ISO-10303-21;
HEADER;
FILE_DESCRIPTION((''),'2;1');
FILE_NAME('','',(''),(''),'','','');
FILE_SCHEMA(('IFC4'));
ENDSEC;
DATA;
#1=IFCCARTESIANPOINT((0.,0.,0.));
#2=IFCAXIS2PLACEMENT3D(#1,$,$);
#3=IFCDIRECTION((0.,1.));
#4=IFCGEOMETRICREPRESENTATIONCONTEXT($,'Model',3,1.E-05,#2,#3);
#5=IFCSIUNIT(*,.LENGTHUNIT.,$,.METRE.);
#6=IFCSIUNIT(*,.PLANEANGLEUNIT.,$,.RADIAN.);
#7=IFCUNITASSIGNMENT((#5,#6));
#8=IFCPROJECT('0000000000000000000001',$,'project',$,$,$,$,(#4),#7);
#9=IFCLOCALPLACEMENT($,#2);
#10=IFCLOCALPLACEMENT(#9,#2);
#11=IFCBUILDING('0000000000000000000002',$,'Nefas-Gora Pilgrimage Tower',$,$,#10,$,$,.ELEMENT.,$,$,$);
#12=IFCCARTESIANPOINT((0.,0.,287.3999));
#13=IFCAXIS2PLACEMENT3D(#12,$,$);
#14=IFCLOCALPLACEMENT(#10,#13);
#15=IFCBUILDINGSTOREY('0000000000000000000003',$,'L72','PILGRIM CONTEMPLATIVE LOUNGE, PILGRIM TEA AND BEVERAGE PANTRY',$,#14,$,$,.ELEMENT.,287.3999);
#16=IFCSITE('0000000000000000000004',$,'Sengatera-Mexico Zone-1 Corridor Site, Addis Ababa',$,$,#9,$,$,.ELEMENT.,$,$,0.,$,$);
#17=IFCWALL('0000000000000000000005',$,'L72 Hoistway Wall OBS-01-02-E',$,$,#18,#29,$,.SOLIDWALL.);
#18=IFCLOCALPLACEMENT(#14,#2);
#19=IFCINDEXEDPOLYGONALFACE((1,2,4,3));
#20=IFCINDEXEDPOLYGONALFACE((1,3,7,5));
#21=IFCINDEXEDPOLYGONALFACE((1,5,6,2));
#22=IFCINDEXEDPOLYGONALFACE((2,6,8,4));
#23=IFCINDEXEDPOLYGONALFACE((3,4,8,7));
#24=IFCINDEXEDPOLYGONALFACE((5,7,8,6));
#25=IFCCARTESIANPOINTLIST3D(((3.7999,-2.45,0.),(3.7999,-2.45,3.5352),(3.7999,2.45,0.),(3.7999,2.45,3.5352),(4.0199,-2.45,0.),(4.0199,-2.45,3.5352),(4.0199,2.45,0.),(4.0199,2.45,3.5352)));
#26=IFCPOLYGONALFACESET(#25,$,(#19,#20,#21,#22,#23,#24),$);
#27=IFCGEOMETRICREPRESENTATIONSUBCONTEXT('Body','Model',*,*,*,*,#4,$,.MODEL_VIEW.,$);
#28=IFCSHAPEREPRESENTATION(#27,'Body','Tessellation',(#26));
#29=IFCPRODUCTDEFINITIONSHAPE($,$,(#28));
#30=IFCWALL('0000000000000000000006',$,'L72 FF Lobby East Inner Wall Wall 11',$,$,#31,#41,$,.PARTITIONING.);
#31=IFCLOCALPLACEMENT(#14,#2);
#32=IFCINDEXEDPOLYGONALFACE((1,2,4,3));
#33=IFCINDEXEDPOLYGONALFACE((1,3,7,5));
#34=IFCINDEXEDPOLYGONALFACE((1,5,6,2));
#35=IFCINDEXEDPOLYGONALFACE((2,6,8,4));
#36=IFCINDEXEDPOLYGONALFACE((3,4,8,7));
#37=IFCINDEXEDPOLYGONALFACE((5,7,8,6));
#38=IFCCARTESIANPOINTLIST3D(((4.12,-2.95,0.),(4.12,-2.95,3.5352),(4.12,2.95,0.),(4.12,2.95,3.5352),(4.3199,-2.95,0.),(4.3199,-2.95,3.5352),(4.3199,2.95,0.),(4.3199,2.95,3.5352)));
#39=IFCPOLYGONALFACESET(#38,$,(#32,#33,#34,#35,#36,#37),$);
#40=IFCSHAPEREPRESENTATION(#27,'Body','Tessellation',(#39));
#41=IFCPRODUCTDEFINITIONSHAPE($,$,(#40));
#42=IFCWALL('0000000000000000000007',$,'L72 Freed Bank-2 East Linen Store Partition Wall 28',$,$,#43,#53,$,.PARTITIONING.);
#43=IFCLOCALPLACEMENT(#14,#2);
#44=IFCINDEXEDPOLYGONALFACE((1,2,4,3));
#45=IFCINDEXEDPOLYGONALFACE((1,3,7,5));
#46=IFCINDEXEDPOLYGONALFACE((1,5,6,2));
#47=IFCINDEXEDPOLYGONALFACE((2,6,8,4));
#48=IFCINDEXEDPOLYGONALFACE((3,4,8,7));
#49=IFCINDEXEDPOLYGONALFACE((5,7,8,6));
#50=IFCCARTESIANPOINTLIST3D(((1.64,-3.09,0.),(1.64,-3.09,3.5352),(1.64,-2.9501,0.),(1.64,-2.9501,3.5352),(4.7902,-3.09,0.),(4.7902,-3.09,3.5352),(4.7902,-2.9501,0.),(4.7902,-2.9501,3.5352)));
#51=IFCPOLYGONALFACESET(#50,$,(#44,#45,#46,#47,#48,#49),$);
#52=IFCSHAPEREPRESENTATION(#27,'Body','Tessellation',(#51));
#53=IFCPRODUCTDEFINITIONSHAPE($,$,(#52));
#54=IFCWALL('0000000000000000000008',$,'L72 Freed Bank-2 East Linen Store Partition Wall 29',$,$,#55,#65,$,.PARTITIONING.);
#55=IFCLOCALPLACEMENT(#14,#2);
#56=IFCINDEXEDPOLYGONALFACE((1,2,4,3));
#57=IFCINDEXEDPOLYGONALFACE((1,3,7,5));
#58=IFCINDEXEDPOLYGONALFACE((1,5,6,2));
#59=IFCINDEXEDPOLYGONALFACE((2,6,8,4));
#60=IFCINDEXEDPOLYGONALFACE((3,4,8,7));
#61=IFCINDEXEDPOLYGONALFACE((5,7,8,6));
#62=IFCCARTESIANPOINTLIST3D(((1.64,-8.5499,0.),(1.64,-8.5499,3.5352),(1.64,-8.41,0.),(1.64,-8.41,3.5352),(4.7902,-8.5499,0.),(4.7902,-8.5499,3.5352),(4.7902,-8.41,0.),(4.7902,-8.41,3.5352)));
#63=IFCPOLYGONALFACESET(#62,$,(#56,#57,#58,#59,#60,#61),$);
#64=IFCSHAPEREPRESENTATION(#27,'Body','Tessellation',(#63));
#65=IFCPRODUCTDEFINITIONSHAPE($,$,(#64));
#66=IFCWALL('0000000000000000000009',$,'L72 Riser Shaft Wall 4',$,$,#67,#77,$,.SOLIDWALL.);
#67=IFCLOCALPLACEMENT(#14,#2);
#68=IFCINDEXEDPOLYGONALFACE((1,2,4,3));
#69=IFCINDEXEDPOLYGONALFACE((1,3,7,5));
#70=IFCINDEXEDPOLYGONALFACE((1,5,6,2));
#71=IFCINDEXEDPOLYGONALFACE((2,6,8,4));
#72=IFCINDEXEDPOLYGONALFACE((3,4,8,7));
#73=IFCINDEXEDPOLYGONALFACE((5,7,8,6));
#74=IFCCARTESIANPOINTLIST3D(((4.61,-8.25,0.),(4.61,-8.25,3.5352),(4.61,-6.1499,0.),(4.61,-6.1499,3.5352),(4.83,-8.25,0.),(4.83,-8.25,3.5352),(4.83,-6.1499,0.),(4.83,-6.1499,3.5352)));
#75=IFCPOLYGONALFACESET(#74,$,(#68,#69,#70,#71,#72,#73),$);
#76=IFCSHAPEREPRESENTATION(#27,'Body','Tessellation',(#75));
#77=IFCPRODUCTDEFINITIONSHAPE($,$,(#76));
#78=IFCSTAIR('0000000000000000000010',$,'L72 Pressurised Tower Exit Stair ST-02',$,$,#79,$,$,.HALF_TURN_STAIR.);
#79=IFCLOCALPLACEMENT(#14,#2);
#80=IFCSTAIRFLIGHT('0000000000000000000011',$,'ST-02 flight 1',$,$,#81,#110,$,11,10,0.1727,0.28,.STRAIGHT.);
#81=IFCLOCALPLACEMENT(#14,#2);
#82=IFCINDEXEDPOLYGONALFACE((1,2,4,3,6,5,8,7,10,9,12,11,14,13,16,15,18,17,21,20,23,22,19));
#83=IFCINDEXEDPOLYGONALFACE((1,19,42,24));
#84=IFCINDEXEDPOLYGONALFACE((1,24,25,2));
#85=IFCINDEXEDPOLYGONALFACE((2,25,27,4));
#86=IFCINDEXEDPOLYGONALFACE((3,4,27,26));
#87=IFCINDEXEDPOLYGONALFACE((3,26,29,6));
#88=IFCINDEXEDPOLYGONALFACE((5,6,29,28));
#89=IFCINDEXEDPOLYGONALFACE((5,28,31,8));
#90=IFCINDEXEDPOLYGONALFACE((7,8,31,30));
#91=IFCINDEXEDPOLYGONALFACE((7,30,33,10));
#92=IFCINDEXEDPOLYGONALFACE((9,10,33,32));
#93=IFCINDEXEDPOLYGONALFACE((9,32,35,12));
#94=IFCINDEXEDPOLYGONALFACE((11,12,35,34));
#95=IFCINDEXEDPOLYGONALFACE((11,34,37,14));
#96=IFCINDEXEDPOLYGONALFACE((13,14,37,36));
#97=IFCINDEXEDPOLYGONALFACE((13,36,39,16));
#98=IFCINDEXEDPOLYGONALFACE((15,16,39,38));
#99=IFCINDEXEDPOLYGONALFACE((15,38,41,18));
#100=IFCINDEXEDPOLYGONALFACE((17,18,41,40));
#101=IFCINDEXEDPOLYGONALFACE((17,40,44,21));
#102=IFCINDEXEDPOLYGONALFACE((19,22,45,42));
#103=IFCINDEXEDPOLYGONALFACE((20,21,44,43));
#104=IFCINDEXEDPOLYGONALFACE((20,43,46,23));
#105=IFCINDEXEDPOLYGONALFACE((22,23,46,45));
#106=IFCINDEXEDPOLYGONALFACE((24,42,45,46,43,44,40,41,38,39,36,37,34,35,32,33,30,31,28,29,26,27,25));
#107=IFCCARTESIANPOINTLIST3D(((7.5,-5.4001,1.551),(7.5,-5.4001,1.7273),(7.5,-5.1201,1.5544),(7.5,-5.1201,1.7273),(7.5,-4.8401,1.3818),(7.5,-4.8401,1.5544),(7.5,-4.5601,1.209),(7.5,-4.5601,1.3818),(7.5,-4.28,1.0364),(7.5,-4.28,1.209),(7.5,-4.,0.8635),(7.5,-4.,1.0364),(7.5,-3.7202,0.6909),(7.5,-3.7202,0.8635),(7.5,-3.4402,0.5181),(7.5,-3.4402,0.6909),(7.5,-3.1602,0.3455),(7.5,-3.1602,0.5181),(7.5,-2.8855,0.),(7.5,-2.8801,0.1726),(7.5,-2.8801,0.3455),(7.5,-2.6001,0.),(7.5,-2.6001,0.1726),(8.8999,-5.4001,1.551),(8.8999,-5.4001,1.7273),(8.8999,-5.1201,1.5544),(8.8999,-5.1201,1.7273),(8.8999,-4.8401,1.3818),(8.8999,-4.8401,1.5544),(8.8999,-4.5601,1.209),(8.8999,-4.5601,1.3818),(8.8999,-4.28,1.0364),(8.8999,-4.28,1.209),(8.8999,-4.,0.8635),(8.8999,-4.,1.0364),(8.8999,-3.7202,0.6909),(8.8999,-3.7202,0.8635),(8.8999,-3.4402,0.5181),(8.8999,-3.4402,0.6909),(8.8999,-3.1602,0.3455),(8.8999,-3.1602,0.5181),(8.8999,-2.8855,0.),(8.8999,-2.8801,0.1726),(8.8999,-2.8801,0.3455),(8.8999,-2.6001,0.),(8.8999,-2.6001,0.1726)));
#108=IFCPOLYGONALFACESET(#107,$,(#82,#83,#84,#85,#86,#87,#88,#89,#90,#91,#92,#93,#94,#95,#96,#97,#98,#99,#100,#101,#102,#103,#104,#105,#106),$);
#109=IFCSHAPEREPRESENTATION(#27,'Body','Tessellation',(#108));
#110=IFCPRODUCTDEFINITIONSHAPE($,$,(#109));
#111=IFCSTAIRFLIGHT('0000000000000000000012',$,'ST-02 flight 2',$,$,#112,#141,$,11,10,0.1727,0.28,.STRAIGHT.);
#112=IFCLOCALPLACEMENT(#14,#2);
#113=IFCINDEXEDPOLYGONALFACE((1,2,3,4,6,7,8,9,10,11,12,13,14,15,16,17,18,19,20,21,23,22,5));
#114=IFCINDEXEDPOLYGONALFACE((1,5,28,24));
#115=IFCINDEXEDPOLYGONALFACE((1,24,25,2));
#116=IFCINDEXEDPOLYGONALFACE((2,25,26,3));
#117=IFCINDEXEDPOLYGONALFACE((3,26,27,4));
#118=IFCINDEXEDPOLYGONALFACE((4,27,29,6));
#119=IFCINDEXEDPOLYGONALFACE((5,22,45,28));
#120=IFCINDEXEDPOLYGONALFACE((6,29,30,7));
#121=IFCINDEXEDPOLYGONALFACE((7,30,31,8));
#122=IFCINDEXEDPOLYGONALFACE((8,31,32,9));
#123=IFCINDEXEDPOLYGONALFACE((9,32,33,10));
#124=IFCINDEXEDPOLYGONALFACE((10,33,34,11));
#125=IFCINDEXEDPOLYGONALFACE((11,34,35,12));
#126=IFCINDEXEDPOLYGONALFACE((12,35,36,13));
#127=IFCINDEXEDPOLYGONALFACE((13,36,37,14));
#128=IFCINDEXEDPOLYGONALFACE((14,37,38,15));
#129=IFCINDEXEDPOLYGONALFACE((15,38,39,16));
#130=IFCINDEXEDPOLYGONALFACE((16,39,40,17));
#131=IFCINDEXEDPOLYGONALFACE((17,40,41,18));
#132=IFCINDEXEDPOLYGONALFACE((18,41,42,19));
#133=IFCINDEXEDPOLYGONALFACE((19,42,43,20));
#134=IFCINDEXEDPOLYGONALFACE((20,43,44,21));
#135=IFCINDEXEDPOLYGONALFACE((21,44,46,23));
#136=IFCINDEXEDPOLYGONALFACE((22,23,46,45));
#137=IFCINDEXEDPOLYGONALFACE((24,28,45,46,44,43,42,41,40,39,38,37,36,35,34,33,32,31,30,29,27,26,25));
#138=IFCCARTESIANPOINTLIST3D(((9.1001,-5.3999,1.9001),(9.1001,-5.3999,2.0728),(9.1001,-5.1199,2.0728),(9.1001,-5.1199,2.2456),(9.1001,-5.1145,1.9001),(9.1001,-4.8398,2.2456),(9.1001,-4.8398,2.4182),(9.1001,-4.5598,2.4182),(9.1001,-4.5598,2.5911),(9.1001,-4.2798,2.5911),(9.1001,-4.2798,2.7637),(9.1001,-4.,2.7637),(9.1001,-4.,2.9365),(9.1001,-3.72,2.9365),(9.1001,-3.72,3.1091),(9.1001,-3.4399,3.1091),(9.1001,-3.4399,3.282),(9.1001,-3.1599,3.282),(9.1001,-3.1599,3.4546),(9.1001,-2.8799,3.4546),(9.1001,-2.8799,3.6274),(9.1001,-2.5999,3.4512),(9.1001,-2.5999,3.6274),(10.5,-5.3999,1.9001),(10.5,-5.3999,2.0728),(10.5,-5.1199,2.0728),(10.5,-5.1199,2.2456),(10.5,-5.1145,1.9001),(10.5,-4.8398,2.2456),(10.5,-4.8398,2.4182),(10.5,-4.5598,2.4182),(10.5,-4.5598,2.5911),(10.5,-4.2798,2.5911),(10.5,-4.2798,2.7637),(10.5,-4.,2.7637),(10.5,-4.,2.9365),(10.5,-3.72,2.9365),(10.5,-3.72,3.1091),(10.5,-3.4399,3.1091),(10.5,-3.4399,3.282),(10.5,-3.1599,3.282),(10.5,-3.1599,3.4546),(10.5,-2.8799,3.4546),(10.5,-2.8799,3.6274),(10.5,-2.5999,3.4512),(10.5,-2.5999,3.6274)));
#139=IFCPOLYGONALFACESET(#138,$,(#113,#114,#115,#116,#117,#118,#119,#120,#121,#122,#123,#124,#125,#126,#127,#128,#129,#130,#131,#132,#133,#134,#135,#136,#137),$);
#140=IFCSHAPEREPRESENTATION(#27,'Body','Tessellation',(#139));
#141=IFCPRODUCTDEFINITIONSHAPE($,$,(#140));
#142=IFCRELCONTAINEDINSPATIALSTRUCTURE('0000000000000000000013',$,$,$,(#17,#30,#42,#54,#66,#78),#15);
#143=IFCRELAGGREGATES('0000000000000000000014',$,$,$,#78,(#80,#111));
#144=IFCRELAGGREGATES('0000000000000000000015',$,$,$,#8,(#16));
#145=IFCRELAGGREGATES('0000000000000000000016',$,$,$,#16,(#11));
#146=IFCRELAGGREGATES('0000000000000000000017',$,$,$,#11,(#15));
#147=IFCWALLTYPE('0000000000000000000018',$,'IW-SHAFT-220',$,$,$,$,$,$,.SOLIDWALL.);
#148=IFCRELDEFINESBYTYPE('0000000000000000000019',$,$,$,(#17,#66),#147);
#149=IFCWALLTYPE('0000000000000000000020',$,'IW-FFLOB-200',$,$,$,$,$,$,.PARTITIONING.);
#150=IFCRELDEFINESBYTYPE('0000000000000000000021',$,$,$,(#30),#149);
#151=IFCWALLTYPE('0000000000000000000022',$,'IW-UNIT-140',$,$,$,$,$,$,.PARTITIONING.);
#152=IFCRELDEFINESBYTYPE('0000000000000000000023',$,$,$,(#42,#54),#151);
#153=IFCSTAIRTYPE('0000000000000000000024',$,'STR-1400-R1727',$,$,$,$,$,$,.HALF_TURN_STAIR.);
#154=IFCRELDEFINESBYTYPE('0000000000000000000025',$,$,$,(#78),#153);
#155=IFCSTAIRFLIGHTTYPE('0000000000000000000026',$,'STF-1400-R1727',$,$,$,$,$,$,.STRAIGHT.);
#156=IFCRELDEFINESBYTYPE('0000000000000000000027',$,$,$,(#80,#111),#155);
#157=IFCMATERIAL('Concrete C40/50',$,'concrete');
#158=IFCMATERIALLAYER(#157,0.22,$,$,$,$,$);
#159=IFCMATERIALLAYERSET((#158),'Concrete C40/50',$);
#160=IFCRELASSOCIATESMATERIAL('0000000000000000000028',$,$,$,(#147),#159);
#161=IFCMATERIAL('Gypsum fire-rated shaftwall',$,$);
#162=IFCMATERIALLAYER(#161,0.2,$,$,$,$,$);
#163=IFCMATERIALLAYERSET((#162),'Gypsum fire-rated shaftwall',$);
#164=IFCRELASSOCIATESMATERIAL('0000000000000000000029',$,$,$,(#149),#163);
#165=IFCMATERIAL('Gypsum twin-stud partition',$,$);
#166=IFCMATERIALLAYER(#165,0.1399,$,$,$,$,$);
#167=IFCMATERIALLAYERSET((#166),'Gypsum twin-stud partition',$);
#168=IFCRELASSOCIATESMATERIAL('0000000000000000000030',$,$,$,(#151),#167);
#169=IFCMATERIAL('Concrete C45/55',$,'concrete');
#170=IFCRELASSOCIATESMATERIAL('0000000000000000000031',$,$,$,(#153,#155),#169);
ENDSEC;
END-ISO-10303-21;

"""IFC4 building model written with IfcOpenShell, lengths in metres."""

from ifc_helpers import new_model, si_unit, direction, frame, frame_2d, origin, place, context, subcontext, project, spatial, polyline, rectangle, outline, extrude, source, transform, mapped, material, layer, layer_set, type_object, element, aggregate, save


model = new_model("IFC4")

# Units and contexts
model_context = context("Model", 3, precision=1e-05, world=origin(), true_north=direction((0.0, 1.0)))
body_context = subcontext(model_context, "Body", "Model", "MODEL_VIEW")
ifc_project = project(units=[si_unit("LENGTHUNIT", "METRE"), si_unit("PLANEANGLEUNIT", "RADIAN")], contexts=[model_context])

# Site, building, storey
site_placement = place(None, origin())
site = spatial("IfcSite", under=ifc_project, at=site_placement, Name="Sengatera-Mexico Zone-1 Corridor Site, Addis Ababa", CompositionType="ELEMENT", RefElevation=0.0)
building_placement = place(site_placement, origin())
building = spatial("IfcBuilding", under=site, at=building_placement, Name="Nefas-Gora Pilgrimage Tower", CompositionType="ELEMENT")
storey_placement = place(building_placement, frame((0.0, 0.0, 287.3999)))
storey = spatial("IfcBuildingStorey", under=building, at=storey_placement, Name="L72", Description="PILGRIM CONTEMPLATIVE LOUNGE, PILGRIM TEA AND BEVERAGE PANTRY", CompositionType="ELEMENT", Elevation=287.3999)

# Shared definitions
ifc_material_1 = material(Name="Concrete C40/50", Category="concrete")

# Shared definitions
ifc_material_2 = material(Name="Concrete C45/55", Category="concrete")

# Shared definitions
ifc_layer_1 = layer(ifc_material_1, 0.22)
ifc_layer_set_1 = layer_set([ifc_layer_1], Name="Concrete C40/50")
wall_type_1 = type_object("IfcWallType", Name="IW-SHAFT-220", PredefinedType="SOLIDWALL", material=ifc_layer_set_1)

# Walls
shared_shape_1 = source(origin(), body_context, "Body", "SweptSolid", [
    extrude(rectangle(XDim=4.8999, YDim=0.22, at=frame_2d((2.45, 0.0))), origin(), (0.0, 0.0, 1.0), 3.5352),
])
wall_1_placement = place(storey_placement, frame((3.9099, -2.45, 0.0), z_axis=(0.0, 0.0, 1.0), x_axis=(0.0, 1.0, 0.0)))
element("IfcWall", 1, at=wall_1_placement, inside=storey, type_object=wall_type_1, Name="L72 Hoistway Wall OBS-01-02-E", PredefinedType="SOLIDWALL", context=body_context, shape_type="MappedRepresentation", body=[
    mapped(shared_shape_1, transform((0.0, 0.0, 0.0), x_axis=(1.0, 0.0, 0.0), y_axis=(0.0, 1.0, 0.0), z_axis=(0.0, 0.0, 1.0), scale=1.0)),
])
ifc_material_3 = material(Name="Gypsum fire-rated shaftwall")
ifc_layer_2 = layer(ifc_material_3, 0.2)
ifc_layer_set_2 = layer_set([ifc_layer_2], Name="Gypsum fire-rated shaftwall")
wall_type_2 = type_object("IfcWallType", Name="IW-FFLOB-200", PredefinedType="PARTITIONING", material=ifc_layer_set_2)
shared_shape_2 = source(origin(), body_context, "Body", "SweptSolid", [
    extrude(rectangle(XDim=5.8999, YDim=0.2, at=frame_2d((2.95, 0.0))), origin(), (0.0, 0.0, 1.0), 3.5352),
])
wall_2_placement = place(storey_placement, frame((4.22, -2.95, 0.0), z_axis=(0.0, 0.0, 1.0), x_axis=(0.0, 1.0, 0.0)))
element("IfcWall", 2, at=wall_2_placement, inside=storey, type_object=wall_type_2, Name="L72 FF Lobby East Inner Wall Wall 11", PredefinedType="PARTITIONING", context=body_context, shape_type="MappedRepresentation", body=[
    mapped(shared_shape_2, transform((0.0, 0.0, 0.0), x_axis=(1.0, 0.0, 0.0), y_axis=(0.0, 1.0, 0.0), z_axis=(0.0, 0.0, 1.0), scale=1.0)),
])
ifc_material_4 = material(Name="Gypsum twin-stud partition")
ifc_layer_3 = layer(ifc_material_4, 0.1399)
ifc_layer_set_3 = layer_set([ifc_layer_3], Name="Gypsum twin-stud partition")
wall_type_3 = type_object("IfcWallType", Name="IW-UNIT-140", PredefinedType="PARTITIONING", material=ifc_layer_set_3)
shared_shape_3 = source(origin(), body_context, "Body", "SweptSolid", [
    extrude(rectangle(XDim=3.1501, YDim=0.1399, at=frame_2d((1.5752, 0.0))), origin(), (0.0, 0.0, 1.0), 3.5352),
])
for number, where, z_axis, x_axis, name in (
    (3, (1.6399, -3.02, 0.0), (0.0, 0.0, 1.0), (1.0, 0.0, 0.0), "L72 Freed Bank-2 East Linen Store Partition Wall 28"),
    (4, (1.6399, -8.48, 0.0), (0.0, 0.0, 1.0), (1.0, 0.0, 0.0), "L72 Freed Bank-2 East Linen Store Partition Wall 29"),
):
    element("IfcWall", number, at=place(storey_placement, frame(where, z_axis=z_axis, x_axis=x_axis)), inside=storey, type_object=wall_type_3, Name=name, PredefinedType="PARTITIONING", context=body_context, shape_type="MappedRepresentation", body=[
        mapped(shared_shape_3, transform((0.0, 0.0, 0.0), x_axis=(1.0, 0.0, 0.0), y_axis=(0.0, 1.0, 0.0), z_axis=(0.0, 0.0, 1.0), scale=1.0)),
    ])
shared_shape_4 = source(origin(), body_context, "Body", "SweptSolid", [
    extrude(rectangle(XDim=2.1001, YDim=0.22, at=frame_2d((1.05, 0.0))), origin(), (0.0, 0.0, 1.0), 3.5352),
])
wall_3_placement = place(storey_placement, frame((4.72, -8.25, 0.0), z_axis=(0.0, 0.0, 1.0), x_axis=(0.0, 1.0, 0.0)))
element("IfcWall", 5, at=wall_3_placement, inside=storey, type_object=wall_type_1, Name="L72 Riser Shaft Wall 4", PredefinedType="SOLIDWALL", context=body_context, shape_type="MappedRepresentation", body=[
    mapped(shared_shape_4, transform((0.0, 0.0, 0.0), x_axis=(1.0, 0.0, 0.0), y_axis=(0.0, 1.0, 0.0), z_axis=(0.0, 0.0, 1.0), scale=1.0)),
])

# Stair, stair flights
stair_type = type_object("IfcStairType", Name="STR-1400-R1727", PredefinedType="HALF_TURN_STAIR", material=ifc_material_2)
stair_placement = place(storey_placement, origin())
stair = element("IfcStair", 6, at=stair_placement, inside=storey, type_object=stair_type, Name="L72 Pressurised Tower Exit Stair ST-02", PredefinedType="HALF_TURN_STAIR")
stair_flight_type = type_object("IfcStairFlightType", Name="STF-1400-R1727", PredefinedType="STRAIGHT", material=ifc_material_2)
shared_shape_5 = source(origin(), body_context, "Body", "SweptSolid", [
    extrude(outline(polyline([(0.0, 0.0), (0.0, 0.1726), (0.28, 0.1726), (0.28, 0.3455), (0.5601, 0.3455), (0.5601, 0.5181), (0.8401, 0.5181), (0.8401, 0.6909), (1.1201, 0.6909), (1.1201, 0.8635), (1.3999, 0.8635), (1.3999, 1.0364), (1.6799, 1.0364), (1.6799, 1.209), (1.96, 1.209), (1.96, 1.3818), (2.24, 1.3818), (2.24, 1.5544), (2.52, 1.5544), (2.52, 1.7273), (2.8, 1.7273), (2.8, 1.8999), (2.8, 1.551), (0.2854, 0.0), (0.0, 0.0)])), frame((0.0, 0.7, 0.0), z_axis=(0.0, -1.0, 0.0), x_axis=(1.0, 0.0, 0.0)), (0.0, 0.0, 1.0), 1.3999),
])
stair_flight_1_placement = place(storey_placement, frame((8.2, -2.6001, 0.0), z_axis=(0.0, 0.0, 1.0), x_axis=(0.0, -1.0, 0.0)))
stair_flight_1 = element("IfcStairFlight", 7, at=stair_flight_1_placement, type_object=stair_flight_type, Name="ST-02 flight 1", NumberOfRisers=11, NumberOfTreads=10, PredefinedType="STRAIGHT", RiserHeight=0.1727, TreadLength=0.28, context=body_context, shape_type="MappedRepresentation", body=[
    mapped(shared_shape_5, transform((0.0, 0.0, 0.0), x_axis=(1.0, 0.0, 0.0), y_axis=(0.0, 1.0, 0.0), z_axis=(0.0, 0.0, 1.0), scale=1.0)),
])
stair_flight_2_placement = place(storey_placement, frame((9.8, -5.3999, 1.9001), z_axis=(0.0, 0.0, 1.0), x_axis=(0.0, 1.0, 0.0)))
stair_flight_2 = element("IfcStairFlight", 8, at=stair_flight_2_placement, type_object=stair_flight_type, Name="ST-02 flight 2", NumberOfRisers=11, NumberOfTreads=10, PredefinedType="STRAIGHT", RiserHeight=0.1727, TreadLength=0.28, context=body_context, shape_type="MappedRepresentation", body=[
    mapped(shared_shape_5, transform((0.0, 0.0, 0.0), x_axis=(1.0, 0.0, 0.0), y_axis=(0.0, 1.0, 0.0), z_axis=(0.0, 0.0, 1.0), scale=1.0)),
])
aggregate(stair, [stair_flight_1, stair_flight_2])

save(model, "model.ifc")
